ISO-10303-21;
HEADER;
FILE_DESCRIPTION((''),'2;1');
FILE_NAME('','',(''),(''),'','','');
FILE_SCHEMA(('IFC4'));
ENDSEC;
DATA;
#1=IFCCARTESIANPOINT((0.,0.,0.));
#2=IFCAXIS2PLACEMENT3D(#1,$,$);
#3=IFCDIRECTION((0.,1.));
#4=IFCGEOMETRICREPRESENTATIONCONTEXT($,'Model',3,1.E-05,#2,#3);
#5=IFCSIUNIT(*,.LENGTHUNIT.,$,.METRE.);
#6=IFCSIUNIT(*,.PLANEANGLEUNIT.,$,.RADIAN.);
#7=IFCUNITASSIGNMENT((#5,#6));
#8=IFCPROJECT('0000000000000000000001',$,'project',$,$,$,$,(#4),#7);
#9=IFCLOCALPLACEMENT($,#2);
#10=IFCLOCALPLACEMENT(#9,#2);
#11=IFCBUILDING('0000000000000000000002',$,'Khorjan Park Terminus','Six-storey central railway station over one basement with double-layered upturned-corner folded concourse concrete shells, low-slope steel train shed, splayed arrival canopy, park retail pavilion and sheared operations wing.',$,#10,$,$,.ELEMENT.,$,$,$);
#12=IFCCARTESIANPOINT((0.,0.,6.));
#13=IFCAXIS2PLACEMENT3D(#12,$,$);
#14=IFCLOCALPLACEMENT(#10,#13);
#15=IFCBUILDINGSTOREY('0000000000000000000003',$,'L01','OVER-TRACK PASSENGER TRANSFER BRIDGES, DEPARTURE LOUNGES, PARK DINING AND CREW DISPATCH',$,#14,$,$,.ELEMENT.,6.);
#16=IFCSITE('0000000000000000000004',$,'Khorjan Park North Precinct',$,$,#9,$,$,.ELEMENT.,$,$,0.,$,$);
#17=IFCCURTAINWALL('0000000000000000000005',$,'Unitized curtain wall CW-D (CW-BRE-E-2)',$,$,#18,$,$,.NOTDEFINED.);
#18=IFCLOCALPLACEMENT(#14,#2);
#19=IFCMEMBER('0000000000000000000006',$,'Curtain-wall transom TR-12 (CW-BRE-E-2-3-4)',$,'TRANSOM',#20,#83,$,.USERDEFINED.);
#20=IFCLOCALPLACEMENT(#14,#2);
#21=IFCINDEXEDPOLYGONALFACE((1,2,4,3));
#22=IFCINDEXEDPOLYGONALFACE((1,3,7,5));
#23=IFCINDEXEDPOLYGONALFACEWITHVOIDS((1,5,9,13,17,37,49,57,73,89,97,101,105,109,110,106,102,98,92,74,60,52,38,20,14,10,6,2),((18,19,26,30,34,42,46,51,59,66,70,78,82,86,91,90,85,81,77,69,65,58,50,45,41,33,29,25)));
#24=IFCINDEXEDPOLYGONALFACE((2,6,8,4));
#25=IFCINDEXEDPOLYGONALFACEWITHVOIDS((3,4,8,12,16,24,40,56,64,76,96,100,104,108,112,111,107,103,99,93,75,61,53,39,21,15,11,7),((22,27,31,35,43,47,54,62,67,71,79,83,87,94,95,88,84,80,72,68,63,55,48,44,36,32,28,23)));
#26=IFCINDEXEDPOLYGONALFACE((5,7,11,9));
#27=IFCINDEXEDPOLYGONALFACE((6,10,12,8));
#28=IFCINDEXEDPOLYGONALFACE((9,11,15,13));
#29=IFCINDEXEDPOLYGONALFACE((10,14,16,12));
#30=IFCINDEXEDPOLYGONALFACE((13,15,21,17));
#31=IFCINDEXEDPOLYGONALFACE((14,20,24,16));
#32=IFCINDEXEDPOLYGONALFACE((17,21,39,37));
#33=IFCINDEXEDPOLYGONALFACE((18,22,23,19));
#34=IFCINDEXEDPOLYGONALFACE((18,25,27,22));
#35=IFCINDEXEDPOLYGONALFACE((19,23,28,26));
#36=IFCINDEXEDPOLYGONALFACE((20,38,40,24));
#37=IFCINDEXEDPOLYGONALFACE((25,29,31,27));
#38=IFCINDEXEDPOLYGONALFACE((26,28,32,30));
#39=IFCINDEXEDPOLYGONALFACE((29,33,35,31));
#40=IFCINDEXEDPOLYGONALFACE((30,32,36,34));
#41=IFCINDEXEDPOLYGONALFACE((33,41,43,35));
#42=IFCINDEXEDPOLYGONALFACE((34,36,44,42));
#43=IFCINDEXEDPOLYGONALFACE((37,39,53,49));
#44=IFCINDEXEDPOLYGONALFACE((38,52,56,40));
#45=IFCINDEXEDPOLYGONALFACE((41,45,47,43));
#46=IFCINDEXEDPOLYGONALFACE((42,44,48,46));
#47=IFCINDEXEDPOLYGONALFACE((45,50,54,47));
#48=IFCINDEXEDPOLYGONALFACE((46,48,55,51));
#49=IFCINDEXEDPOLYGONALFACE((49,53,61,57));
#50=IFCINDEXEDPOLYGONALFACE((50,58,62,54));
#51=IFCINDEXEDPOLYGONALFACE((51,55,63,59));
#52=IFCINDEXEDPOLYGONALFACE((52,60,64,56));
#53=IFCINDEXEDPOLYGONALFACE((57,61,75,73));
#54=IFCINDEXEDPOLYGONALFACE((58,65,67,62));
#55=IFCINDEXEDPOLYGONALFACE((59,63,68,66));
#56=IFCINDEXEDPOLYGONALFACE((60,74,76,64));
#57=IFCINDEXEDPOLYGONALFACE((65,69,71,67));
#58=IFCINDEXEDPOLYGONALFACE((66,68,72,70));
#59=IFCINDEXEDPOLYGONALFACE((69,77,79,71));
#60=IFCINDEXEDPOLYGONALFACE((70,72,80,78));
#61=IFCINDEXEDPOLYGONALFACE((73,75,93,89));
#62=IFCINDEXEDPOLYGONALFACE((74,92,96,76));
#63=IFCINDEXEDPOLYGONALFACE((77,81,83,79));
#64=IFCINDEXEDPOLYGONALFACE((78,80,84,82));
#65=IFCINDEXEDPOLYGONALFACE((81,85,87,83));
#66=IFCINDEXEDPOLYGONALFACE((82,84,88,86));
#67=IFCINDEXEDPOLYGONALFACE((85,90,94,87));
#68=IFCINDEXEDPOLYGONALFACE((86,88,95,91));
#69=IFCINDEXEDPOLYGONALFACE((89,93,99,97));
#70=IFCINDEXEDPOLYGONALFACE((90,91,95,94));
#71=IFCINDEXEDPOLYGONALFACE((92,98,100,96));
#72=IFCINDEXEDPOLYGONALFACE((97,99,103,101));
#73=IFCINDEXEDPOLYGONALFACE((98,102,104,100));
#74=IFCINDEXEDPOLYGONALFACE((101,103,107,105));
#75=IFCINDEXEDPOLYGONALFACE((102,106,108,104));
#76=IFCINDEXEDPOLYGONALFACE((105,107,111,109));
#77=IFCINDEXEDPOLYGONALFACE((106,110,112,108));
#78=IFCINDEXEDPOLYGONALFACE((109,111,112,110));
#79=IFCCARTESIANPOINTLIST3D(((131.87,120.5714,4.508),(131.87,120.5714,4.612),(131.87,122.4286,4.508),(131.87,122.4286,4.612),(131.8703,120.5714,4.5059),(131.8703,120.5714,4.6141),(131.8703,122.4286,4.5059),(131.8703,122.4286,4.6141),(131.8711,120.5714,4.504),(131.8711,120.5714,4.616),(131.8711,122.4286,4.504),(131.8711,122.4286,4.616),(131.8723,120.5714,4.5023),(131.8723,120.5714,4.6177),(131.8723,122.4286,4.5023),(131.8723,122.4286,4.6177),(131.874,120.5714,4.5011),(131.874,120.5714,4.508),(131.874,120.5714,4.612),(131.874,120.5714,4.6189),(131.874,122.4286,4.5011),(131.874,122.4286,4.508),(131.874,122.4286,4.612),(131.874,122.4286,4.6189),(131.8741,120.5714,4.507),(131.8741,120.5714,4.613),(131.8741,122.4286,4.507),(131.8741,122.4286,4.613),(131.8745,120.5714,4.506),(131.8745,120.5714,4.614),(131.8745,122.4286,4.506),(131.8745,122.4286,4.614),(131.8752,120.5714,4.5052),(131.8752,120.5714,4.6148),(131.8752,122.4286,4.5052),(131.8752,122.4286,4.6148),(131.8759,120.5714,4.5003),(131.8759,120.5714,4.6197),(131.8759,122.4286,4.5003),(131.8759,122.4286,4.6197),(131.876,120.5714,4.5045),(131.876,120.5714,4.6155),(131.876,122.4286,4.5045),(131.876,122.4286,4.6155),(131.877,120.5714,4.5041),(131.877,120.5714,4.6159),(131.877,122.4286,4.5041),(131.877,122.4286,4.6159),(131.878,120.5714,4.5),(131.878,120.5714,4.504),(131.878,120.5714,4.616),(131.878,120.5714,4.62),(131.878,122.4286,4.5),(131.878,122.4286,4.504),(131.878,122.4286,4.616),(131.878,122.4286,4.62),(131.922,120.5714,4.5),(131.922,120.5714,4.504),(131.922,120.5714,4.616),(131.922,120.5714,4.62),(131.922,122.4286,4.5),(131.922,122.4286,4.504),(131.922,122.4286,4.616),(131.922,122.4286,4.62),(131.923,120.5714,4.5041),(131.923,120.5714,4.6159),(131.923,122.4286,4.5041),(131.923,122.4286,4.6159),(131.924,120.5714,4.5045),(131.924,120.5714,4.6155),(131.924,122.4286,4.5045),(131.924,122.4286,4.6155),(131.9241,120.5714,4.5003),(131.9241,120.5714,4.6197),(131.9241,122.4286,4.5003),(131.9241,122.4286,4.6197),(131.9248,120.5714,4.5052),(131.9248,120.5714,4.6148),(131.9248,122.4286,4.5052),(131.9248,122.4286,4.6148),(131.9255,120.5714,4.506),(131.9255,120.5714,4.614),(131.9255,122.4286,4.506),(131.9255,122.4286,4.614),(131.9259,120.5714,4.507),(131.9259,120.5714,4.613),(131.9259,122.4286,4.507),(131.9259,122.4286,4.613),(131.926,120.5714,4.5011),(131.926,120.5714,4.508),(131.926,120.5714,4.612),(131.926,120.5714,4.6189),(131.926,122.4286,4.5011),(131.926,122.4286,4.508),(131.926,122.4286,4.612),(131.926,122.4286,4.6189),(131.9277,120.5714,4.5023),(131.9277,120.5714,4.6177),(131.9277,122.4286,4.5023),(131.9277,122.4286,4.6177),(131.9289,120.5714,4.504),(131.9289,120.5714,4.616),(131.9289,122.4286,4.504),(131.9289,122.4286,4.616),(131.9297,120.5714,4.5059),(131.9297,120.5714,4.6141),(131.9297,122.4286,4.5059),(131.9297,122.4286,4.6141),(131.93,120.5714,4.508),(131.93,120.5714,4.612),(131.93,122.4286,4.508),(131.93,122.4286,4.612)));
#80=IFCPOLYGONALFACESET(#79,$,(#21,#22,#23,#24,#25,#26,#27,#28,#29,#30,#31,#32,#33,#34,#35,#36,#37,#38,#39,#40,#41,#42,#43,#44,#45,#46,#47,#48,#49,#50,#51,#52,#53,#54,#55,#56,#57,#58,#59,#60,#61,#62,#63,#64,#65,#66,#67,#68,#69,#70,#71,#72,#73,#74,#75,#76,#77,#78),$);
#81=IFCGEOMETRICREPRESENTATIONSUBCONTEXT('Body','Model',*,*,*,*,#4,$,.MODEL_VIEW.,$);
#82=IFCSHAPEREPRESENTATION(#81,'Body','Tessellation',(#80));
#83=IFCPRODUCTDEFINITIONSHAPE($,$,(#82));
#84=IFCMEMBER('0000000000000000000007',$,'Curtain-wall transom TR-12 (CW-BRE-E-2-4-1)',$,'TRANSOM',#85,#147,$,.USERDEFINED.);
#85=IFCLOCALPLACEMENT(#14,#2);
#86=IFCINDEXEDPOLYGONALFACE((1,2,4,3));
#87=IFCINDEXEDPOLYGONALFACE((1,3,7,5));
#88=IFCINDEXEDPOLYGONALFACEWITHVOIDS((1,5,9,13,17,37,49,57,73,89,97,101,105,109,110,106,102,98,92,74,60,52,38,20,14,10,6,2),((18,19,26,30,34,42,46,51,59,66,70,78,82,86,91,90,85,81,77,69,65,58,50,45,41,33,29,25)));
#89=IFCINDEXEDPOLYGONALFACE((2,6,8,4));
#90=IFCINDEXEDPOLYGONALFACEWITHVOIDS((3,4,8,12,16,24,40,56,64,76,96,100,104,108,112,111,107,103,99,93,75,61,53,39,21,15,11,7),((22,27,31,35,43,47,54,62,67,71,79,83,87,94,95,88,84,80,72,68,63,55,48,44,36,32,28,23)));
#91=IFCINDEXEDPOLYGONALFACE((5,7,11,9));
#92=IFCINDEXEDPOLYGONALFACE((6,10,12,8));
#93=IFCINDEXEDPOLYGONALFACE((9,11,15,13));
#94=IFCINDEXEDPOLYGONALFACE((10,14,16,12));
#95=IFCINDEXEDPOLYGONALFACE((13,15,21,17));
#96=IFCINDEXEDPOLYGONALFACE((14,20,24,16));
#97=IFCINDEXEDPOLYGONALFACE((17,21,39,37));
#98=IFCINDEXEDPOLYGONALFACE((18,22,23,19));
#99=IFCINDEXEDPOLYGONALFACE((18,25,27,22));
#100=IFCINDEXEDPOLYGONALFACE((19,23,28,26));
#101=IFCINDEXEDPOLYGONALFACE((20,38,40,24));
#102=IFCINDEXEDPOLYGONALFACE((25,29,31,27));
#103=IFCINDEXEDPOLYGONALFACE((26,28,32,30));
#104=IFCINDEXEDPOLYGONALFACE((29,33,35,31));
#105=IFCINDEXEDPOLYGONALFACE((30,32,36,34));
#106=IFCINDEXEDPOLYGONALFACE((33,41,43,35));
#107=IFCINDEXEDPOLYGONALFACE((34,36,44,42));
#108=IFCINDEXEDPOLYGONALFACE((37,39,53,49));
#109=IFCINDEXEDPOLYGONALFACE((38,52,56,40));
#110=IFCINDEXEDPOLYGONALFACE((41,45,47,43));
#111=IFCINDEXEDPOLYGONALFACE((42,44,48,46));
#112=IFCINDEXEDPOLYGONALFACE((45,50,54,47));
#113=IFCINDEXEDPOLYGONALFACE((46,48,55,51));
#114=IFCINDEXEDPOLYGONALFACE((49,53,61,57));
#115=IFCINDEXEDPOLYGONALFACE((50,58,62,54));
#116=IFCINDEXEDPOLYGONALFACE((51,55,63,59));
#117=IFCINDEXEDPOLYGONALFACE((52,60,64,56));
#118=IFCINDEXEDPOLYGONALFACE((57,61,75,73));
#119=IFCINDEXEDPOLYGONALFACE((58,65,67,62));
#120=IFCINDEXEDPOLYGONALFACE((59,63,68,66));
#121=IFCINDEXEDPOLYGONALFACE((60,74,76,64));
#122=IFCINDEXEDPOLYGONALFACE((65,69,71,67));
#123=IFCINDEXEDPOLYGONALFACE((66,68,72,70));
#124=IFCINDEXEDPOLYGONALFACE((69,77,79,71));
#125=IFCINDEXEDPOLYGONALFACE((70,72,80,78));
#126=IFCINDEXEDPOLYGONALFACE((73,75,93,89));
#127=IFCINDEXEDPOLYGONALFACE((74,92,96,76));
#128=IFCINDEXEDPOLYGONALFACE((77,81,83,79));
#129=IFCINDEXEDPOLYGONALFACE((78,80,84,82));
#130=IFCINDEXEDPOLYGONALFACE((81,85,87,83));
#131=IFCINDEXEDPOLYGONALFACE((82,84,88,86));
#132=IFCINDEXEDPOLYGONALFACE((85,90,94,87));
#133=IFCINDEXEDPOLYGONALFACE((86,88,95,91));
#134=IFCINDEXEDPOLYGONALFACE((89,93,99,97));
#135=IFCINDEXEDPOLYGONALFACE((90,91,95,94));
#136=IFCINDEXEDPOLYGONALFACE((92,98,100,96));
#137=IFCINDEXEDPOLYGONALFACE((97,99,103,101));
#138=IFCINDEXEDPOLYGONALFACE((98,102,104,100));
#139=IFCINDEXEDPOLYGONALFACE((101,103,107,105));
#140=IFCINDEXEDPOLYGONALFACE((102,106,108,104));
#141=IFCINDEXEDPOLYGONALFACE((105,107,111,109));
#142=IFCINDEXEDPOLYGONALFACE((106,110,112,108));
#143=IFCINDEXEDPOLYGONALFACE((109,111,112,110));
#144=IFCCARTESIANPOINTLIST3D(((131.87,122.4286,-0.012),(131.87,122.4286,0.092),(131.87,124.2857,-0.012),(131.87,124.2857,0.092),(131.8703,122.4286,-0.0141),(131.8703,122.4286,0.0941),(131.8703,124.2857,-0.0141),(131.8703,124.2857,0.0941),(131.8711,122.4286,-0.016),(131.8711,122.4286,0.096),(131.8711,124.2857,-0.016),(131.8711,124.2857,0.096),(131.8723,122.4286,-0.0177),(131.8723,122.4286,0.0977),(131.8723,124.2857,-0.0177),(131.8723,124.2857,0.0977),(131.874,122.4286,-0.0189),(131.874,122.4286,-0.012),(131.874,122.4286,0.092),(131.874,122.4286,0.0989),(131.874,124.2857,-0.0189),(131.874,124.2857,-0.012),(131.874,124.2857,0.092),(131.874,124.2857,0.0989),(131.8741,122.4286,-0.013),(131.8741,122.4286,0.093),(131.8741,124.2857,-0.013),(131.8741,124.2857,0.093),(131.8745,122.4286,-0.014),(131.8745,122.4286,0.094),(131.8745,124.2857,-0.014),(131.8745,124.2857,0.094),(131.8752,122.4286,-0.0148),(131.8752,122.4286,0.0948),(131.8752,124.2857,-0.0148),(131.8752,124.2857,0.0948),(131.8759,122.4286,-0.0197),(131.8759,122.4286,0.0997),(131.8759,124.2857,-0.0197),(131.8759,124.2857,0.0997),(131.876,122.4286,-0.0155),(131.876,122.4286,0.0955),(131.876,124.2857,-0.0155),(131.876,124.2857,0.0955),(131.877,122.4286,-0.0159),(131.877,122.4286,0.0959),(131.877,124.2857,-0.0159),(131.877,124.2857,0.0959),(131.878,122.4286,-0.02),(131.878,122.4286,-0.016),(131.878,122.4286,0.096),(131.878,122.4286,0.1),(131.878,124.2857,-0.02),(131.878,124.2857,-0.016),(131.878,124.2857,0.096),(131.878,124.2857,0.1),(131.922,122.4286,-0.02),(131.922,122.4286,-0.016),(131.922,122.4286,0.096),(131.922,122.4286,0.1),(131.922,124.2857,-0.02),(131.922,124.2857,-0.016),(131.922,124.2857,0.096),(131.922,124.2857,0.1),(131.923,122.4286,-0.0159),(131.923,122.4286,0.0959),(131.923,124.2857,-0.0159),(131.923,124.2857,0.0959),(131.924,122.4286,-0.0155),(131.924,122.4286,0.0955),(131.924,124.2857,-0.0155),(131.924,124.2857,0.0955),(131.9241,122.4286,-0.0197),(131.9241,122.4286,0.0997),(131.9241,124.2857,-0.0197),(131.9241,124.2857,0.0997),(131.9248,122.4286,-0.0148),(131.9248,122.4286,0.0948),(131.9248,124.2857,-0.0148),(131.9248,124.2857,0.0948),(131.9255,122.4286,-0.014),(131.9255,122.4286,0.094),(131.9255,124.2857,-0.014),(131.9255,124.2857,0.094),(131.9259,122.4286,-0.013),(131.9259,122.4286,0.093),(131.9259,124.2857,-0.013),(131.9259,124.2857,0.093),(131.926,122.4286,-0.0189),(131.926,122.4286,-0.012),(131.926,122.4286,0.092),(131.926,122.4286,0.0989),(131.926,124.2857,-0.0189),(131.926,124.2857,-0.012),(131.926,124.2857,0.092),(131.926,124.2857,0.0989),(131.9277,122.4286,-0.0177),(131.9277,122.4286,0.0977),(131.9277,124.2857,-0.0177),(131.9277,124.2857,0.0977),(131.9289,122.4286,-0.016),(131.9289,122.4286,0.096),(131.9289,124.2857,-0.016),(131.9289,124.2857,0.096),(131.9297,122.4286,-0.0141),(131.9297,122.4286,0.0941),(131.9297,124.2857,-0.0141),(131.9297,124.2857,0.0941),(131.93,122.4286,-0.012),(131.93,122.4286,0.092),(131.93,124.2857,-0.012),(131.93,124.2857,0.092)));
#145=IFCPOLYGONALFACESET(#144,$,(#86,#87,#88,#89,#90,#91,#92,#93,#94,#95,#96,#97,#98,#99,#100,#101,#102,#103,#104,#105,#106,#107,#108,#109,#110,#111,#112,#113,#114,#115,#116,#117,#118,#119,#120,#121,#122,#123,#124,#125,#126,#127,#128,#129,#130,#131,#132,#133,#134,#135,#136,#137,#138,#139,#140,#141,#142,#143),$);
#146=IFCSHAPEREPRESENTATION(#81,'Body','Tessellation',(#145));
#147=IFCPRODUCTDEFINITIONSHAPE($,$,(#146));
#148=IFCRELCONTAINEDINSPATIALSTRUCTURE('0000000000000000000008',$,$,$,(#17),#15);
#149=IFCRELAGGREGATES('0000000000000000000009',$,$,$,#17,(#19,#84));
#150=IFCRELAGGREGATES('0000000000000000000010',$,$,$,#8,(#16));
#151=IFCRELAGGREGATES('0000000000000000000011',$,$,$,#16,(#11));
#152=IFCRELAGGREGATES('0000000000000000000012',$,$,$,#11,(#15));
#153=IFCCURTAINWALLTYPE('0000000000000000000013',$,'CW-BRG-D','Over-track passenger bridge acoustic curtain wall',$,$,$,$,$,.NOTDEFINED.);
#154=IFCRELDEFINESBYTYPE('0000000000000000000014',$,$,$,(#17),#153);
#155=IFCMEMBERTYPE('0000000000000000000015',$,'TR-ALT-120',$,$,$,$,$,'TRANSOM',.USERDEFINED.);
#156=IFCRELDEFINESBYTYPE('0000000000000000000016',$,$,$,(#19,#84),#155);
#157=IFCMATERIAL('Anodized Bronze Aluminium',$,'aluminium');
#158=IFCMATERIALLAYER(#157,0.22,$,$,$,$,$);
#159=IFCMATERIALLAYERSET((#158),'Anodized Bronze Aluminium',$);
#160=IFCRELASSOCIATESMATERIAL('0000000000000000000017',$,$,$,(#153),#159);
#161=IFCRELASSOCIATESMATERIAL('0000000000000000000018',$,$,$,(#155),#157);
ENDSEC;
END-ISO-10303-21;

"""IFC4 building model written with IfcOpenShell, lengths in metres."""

from ifc_helpers import new_model, si_unit, direction, frame, origin, origin_2d, place, context, subcontext, project, spatial, hollow_rectangle, extrude, material, layer, layer_set, material_profile, profile_set, type_object, element, aggregate, save


model = new_model("IFC4")

# Units and contexts
model_context = context("Model", 3, precision=1e-05, world=origin(), true_north=direction((0.0, 1.0)))
body_context = subcontext(model_context, "Body", "Model", "MODEL_VIEW")
ifc_project = project(units=[si_unit("LENGTHUNIT", "METRE"), si_unit("PLANEANGLEUNIT", "RADIAN")], contexts=[model_context])

# Site, building, storey
site_placement = place(None, origin())
site = spatial("IfcSite", under=ifc_project, at=site_placement, Name="Khorjan Park North Precinct", CompositionType="ELEMENT", RefElevation=0.0)
building_placement = place(site_placement, origin())
building = spatial("IfcBuilding", under=site, at=building_placement, Name="Khorjan Park Terminus", Description="Six-storey central railway station over one basement with double-layered upturned-corner folded concourse concrete shells, low-slope steel train shed, splayed arrival canopy, park retail pavilion and sheared operations wing.", CompositionType="ELEMENT")
storey_placement = place(building_placement, frame((0.0, 0.0, 6.0)))
storey = spatial("IfcBuildingStorey", under=building, at=storey_placement, Name="L01", Description="OVER-TRACK PASSENGER TRANSFER BRIDGES, DEPARTURE LOUNGES, PARK DINING AND CREW DISPATCH", CompositionType="ELEMENT", Elevation=6.0)

# Curtain wall, members
ifc_material_1 = material(Name="Anodized Bronze Aluminium", Category="aluminium")
ifc_layer_1 = layer(ifc_material_1, 0.22)
ifc_layer_set_1 = layer_set([ifc_layer_1], Name="Anodized Bronze Aluminium")
curtain_wall_type = type_object("IfcCurtainWallType", Name="CW-BRG-D", Description="Over-track passenger bridge acoustic curtain wall", PredefinedType="NOTDEFINED", material=ifc_layer_set_1)
curtain_wall_placement = place(storey_placement, origin())
curtain_wall = element("IfcCurtainWall", 1, at=curtain_wall_placement, inside=storey, type_object=curtain_wall_type, Name="Unitized curtain wall CW-D (CW-BRE-E-2)", PredefinedType="NOTDEFINED")
ifc_material_profile_1 = material_profile(ifc_material_1, hollow_rectangle(XDim=0.06, YDim=0.12, WallThickness=0.004, InnerFilletRadius=0.004, OuterFilletRadius=0.008, at=origin_2d()), Name="ALT 60x120x4")
ifc_profile_set_1 = profile_set([ifc_material_profile_1], Name="Anodized Bronze Aluminium")
member_type_1 = type_object("IfcMemberType", Name="TR-ALT-120", ElementType="TRANSOM", PredefinedType="USERDEFINED", material=ifc_profile_set_1)
member_1_placement = place(storey_placement, frame((131.9, 120.5714, 4.56), z_axis=(0.0, 1.0, 0.0), x_axis=(-1.0, 0.0, 0.0)))
member_1 = element("IfcMember", 2, at=member_1_placement, type_object=member_type_1, Name="Curtain-wall transom TR-12 (CW-BRE-E-2-3-4)", ObjectType="TRANSOM", PredefinedType="USERDEFINED", context=body_context, shape_type="SweptSolid", body=[
    extrude(hollow_rectangle(XDim=0.06, YDim=0.12, WallThickness=0.004, InnerFilletRadius=0.004, OuterFilletRadius=0.008, at=origin_2d()), origin(), (0.0, 0.0, 1.0), 1.8572),
])
member_2_placement = place(storey_placement, frame((131.9, 122.4286, 0.04), z_axis=(0.0, 1.0, 0.0), x_axis=(-1.0, 0.0, 0.0)))
member_2 = element("IfcMember", 3, at=member_2_placement, type_object=member_type_1, Name="Curtain-wall transom TR-12 (CW-BRE-E-2-4-1)", ObjectType="TRANSOM", PredefinedType="USERDEFINED", context=body_context, shape_type="SweptSolid", body=[
    extrude(hollow_rectangle(XDim=0.06, YDim=0.12, WallThickness=0.004, InnerFilletRadius=0.004, OuterFilletRadius=0.008, at=origin_2d()), origin(), (0.0, 0.0, 1.0), 1.8571),
])
aggregate(curtain_wall, [member_1, member_2])

save(model, "model.ifc")
